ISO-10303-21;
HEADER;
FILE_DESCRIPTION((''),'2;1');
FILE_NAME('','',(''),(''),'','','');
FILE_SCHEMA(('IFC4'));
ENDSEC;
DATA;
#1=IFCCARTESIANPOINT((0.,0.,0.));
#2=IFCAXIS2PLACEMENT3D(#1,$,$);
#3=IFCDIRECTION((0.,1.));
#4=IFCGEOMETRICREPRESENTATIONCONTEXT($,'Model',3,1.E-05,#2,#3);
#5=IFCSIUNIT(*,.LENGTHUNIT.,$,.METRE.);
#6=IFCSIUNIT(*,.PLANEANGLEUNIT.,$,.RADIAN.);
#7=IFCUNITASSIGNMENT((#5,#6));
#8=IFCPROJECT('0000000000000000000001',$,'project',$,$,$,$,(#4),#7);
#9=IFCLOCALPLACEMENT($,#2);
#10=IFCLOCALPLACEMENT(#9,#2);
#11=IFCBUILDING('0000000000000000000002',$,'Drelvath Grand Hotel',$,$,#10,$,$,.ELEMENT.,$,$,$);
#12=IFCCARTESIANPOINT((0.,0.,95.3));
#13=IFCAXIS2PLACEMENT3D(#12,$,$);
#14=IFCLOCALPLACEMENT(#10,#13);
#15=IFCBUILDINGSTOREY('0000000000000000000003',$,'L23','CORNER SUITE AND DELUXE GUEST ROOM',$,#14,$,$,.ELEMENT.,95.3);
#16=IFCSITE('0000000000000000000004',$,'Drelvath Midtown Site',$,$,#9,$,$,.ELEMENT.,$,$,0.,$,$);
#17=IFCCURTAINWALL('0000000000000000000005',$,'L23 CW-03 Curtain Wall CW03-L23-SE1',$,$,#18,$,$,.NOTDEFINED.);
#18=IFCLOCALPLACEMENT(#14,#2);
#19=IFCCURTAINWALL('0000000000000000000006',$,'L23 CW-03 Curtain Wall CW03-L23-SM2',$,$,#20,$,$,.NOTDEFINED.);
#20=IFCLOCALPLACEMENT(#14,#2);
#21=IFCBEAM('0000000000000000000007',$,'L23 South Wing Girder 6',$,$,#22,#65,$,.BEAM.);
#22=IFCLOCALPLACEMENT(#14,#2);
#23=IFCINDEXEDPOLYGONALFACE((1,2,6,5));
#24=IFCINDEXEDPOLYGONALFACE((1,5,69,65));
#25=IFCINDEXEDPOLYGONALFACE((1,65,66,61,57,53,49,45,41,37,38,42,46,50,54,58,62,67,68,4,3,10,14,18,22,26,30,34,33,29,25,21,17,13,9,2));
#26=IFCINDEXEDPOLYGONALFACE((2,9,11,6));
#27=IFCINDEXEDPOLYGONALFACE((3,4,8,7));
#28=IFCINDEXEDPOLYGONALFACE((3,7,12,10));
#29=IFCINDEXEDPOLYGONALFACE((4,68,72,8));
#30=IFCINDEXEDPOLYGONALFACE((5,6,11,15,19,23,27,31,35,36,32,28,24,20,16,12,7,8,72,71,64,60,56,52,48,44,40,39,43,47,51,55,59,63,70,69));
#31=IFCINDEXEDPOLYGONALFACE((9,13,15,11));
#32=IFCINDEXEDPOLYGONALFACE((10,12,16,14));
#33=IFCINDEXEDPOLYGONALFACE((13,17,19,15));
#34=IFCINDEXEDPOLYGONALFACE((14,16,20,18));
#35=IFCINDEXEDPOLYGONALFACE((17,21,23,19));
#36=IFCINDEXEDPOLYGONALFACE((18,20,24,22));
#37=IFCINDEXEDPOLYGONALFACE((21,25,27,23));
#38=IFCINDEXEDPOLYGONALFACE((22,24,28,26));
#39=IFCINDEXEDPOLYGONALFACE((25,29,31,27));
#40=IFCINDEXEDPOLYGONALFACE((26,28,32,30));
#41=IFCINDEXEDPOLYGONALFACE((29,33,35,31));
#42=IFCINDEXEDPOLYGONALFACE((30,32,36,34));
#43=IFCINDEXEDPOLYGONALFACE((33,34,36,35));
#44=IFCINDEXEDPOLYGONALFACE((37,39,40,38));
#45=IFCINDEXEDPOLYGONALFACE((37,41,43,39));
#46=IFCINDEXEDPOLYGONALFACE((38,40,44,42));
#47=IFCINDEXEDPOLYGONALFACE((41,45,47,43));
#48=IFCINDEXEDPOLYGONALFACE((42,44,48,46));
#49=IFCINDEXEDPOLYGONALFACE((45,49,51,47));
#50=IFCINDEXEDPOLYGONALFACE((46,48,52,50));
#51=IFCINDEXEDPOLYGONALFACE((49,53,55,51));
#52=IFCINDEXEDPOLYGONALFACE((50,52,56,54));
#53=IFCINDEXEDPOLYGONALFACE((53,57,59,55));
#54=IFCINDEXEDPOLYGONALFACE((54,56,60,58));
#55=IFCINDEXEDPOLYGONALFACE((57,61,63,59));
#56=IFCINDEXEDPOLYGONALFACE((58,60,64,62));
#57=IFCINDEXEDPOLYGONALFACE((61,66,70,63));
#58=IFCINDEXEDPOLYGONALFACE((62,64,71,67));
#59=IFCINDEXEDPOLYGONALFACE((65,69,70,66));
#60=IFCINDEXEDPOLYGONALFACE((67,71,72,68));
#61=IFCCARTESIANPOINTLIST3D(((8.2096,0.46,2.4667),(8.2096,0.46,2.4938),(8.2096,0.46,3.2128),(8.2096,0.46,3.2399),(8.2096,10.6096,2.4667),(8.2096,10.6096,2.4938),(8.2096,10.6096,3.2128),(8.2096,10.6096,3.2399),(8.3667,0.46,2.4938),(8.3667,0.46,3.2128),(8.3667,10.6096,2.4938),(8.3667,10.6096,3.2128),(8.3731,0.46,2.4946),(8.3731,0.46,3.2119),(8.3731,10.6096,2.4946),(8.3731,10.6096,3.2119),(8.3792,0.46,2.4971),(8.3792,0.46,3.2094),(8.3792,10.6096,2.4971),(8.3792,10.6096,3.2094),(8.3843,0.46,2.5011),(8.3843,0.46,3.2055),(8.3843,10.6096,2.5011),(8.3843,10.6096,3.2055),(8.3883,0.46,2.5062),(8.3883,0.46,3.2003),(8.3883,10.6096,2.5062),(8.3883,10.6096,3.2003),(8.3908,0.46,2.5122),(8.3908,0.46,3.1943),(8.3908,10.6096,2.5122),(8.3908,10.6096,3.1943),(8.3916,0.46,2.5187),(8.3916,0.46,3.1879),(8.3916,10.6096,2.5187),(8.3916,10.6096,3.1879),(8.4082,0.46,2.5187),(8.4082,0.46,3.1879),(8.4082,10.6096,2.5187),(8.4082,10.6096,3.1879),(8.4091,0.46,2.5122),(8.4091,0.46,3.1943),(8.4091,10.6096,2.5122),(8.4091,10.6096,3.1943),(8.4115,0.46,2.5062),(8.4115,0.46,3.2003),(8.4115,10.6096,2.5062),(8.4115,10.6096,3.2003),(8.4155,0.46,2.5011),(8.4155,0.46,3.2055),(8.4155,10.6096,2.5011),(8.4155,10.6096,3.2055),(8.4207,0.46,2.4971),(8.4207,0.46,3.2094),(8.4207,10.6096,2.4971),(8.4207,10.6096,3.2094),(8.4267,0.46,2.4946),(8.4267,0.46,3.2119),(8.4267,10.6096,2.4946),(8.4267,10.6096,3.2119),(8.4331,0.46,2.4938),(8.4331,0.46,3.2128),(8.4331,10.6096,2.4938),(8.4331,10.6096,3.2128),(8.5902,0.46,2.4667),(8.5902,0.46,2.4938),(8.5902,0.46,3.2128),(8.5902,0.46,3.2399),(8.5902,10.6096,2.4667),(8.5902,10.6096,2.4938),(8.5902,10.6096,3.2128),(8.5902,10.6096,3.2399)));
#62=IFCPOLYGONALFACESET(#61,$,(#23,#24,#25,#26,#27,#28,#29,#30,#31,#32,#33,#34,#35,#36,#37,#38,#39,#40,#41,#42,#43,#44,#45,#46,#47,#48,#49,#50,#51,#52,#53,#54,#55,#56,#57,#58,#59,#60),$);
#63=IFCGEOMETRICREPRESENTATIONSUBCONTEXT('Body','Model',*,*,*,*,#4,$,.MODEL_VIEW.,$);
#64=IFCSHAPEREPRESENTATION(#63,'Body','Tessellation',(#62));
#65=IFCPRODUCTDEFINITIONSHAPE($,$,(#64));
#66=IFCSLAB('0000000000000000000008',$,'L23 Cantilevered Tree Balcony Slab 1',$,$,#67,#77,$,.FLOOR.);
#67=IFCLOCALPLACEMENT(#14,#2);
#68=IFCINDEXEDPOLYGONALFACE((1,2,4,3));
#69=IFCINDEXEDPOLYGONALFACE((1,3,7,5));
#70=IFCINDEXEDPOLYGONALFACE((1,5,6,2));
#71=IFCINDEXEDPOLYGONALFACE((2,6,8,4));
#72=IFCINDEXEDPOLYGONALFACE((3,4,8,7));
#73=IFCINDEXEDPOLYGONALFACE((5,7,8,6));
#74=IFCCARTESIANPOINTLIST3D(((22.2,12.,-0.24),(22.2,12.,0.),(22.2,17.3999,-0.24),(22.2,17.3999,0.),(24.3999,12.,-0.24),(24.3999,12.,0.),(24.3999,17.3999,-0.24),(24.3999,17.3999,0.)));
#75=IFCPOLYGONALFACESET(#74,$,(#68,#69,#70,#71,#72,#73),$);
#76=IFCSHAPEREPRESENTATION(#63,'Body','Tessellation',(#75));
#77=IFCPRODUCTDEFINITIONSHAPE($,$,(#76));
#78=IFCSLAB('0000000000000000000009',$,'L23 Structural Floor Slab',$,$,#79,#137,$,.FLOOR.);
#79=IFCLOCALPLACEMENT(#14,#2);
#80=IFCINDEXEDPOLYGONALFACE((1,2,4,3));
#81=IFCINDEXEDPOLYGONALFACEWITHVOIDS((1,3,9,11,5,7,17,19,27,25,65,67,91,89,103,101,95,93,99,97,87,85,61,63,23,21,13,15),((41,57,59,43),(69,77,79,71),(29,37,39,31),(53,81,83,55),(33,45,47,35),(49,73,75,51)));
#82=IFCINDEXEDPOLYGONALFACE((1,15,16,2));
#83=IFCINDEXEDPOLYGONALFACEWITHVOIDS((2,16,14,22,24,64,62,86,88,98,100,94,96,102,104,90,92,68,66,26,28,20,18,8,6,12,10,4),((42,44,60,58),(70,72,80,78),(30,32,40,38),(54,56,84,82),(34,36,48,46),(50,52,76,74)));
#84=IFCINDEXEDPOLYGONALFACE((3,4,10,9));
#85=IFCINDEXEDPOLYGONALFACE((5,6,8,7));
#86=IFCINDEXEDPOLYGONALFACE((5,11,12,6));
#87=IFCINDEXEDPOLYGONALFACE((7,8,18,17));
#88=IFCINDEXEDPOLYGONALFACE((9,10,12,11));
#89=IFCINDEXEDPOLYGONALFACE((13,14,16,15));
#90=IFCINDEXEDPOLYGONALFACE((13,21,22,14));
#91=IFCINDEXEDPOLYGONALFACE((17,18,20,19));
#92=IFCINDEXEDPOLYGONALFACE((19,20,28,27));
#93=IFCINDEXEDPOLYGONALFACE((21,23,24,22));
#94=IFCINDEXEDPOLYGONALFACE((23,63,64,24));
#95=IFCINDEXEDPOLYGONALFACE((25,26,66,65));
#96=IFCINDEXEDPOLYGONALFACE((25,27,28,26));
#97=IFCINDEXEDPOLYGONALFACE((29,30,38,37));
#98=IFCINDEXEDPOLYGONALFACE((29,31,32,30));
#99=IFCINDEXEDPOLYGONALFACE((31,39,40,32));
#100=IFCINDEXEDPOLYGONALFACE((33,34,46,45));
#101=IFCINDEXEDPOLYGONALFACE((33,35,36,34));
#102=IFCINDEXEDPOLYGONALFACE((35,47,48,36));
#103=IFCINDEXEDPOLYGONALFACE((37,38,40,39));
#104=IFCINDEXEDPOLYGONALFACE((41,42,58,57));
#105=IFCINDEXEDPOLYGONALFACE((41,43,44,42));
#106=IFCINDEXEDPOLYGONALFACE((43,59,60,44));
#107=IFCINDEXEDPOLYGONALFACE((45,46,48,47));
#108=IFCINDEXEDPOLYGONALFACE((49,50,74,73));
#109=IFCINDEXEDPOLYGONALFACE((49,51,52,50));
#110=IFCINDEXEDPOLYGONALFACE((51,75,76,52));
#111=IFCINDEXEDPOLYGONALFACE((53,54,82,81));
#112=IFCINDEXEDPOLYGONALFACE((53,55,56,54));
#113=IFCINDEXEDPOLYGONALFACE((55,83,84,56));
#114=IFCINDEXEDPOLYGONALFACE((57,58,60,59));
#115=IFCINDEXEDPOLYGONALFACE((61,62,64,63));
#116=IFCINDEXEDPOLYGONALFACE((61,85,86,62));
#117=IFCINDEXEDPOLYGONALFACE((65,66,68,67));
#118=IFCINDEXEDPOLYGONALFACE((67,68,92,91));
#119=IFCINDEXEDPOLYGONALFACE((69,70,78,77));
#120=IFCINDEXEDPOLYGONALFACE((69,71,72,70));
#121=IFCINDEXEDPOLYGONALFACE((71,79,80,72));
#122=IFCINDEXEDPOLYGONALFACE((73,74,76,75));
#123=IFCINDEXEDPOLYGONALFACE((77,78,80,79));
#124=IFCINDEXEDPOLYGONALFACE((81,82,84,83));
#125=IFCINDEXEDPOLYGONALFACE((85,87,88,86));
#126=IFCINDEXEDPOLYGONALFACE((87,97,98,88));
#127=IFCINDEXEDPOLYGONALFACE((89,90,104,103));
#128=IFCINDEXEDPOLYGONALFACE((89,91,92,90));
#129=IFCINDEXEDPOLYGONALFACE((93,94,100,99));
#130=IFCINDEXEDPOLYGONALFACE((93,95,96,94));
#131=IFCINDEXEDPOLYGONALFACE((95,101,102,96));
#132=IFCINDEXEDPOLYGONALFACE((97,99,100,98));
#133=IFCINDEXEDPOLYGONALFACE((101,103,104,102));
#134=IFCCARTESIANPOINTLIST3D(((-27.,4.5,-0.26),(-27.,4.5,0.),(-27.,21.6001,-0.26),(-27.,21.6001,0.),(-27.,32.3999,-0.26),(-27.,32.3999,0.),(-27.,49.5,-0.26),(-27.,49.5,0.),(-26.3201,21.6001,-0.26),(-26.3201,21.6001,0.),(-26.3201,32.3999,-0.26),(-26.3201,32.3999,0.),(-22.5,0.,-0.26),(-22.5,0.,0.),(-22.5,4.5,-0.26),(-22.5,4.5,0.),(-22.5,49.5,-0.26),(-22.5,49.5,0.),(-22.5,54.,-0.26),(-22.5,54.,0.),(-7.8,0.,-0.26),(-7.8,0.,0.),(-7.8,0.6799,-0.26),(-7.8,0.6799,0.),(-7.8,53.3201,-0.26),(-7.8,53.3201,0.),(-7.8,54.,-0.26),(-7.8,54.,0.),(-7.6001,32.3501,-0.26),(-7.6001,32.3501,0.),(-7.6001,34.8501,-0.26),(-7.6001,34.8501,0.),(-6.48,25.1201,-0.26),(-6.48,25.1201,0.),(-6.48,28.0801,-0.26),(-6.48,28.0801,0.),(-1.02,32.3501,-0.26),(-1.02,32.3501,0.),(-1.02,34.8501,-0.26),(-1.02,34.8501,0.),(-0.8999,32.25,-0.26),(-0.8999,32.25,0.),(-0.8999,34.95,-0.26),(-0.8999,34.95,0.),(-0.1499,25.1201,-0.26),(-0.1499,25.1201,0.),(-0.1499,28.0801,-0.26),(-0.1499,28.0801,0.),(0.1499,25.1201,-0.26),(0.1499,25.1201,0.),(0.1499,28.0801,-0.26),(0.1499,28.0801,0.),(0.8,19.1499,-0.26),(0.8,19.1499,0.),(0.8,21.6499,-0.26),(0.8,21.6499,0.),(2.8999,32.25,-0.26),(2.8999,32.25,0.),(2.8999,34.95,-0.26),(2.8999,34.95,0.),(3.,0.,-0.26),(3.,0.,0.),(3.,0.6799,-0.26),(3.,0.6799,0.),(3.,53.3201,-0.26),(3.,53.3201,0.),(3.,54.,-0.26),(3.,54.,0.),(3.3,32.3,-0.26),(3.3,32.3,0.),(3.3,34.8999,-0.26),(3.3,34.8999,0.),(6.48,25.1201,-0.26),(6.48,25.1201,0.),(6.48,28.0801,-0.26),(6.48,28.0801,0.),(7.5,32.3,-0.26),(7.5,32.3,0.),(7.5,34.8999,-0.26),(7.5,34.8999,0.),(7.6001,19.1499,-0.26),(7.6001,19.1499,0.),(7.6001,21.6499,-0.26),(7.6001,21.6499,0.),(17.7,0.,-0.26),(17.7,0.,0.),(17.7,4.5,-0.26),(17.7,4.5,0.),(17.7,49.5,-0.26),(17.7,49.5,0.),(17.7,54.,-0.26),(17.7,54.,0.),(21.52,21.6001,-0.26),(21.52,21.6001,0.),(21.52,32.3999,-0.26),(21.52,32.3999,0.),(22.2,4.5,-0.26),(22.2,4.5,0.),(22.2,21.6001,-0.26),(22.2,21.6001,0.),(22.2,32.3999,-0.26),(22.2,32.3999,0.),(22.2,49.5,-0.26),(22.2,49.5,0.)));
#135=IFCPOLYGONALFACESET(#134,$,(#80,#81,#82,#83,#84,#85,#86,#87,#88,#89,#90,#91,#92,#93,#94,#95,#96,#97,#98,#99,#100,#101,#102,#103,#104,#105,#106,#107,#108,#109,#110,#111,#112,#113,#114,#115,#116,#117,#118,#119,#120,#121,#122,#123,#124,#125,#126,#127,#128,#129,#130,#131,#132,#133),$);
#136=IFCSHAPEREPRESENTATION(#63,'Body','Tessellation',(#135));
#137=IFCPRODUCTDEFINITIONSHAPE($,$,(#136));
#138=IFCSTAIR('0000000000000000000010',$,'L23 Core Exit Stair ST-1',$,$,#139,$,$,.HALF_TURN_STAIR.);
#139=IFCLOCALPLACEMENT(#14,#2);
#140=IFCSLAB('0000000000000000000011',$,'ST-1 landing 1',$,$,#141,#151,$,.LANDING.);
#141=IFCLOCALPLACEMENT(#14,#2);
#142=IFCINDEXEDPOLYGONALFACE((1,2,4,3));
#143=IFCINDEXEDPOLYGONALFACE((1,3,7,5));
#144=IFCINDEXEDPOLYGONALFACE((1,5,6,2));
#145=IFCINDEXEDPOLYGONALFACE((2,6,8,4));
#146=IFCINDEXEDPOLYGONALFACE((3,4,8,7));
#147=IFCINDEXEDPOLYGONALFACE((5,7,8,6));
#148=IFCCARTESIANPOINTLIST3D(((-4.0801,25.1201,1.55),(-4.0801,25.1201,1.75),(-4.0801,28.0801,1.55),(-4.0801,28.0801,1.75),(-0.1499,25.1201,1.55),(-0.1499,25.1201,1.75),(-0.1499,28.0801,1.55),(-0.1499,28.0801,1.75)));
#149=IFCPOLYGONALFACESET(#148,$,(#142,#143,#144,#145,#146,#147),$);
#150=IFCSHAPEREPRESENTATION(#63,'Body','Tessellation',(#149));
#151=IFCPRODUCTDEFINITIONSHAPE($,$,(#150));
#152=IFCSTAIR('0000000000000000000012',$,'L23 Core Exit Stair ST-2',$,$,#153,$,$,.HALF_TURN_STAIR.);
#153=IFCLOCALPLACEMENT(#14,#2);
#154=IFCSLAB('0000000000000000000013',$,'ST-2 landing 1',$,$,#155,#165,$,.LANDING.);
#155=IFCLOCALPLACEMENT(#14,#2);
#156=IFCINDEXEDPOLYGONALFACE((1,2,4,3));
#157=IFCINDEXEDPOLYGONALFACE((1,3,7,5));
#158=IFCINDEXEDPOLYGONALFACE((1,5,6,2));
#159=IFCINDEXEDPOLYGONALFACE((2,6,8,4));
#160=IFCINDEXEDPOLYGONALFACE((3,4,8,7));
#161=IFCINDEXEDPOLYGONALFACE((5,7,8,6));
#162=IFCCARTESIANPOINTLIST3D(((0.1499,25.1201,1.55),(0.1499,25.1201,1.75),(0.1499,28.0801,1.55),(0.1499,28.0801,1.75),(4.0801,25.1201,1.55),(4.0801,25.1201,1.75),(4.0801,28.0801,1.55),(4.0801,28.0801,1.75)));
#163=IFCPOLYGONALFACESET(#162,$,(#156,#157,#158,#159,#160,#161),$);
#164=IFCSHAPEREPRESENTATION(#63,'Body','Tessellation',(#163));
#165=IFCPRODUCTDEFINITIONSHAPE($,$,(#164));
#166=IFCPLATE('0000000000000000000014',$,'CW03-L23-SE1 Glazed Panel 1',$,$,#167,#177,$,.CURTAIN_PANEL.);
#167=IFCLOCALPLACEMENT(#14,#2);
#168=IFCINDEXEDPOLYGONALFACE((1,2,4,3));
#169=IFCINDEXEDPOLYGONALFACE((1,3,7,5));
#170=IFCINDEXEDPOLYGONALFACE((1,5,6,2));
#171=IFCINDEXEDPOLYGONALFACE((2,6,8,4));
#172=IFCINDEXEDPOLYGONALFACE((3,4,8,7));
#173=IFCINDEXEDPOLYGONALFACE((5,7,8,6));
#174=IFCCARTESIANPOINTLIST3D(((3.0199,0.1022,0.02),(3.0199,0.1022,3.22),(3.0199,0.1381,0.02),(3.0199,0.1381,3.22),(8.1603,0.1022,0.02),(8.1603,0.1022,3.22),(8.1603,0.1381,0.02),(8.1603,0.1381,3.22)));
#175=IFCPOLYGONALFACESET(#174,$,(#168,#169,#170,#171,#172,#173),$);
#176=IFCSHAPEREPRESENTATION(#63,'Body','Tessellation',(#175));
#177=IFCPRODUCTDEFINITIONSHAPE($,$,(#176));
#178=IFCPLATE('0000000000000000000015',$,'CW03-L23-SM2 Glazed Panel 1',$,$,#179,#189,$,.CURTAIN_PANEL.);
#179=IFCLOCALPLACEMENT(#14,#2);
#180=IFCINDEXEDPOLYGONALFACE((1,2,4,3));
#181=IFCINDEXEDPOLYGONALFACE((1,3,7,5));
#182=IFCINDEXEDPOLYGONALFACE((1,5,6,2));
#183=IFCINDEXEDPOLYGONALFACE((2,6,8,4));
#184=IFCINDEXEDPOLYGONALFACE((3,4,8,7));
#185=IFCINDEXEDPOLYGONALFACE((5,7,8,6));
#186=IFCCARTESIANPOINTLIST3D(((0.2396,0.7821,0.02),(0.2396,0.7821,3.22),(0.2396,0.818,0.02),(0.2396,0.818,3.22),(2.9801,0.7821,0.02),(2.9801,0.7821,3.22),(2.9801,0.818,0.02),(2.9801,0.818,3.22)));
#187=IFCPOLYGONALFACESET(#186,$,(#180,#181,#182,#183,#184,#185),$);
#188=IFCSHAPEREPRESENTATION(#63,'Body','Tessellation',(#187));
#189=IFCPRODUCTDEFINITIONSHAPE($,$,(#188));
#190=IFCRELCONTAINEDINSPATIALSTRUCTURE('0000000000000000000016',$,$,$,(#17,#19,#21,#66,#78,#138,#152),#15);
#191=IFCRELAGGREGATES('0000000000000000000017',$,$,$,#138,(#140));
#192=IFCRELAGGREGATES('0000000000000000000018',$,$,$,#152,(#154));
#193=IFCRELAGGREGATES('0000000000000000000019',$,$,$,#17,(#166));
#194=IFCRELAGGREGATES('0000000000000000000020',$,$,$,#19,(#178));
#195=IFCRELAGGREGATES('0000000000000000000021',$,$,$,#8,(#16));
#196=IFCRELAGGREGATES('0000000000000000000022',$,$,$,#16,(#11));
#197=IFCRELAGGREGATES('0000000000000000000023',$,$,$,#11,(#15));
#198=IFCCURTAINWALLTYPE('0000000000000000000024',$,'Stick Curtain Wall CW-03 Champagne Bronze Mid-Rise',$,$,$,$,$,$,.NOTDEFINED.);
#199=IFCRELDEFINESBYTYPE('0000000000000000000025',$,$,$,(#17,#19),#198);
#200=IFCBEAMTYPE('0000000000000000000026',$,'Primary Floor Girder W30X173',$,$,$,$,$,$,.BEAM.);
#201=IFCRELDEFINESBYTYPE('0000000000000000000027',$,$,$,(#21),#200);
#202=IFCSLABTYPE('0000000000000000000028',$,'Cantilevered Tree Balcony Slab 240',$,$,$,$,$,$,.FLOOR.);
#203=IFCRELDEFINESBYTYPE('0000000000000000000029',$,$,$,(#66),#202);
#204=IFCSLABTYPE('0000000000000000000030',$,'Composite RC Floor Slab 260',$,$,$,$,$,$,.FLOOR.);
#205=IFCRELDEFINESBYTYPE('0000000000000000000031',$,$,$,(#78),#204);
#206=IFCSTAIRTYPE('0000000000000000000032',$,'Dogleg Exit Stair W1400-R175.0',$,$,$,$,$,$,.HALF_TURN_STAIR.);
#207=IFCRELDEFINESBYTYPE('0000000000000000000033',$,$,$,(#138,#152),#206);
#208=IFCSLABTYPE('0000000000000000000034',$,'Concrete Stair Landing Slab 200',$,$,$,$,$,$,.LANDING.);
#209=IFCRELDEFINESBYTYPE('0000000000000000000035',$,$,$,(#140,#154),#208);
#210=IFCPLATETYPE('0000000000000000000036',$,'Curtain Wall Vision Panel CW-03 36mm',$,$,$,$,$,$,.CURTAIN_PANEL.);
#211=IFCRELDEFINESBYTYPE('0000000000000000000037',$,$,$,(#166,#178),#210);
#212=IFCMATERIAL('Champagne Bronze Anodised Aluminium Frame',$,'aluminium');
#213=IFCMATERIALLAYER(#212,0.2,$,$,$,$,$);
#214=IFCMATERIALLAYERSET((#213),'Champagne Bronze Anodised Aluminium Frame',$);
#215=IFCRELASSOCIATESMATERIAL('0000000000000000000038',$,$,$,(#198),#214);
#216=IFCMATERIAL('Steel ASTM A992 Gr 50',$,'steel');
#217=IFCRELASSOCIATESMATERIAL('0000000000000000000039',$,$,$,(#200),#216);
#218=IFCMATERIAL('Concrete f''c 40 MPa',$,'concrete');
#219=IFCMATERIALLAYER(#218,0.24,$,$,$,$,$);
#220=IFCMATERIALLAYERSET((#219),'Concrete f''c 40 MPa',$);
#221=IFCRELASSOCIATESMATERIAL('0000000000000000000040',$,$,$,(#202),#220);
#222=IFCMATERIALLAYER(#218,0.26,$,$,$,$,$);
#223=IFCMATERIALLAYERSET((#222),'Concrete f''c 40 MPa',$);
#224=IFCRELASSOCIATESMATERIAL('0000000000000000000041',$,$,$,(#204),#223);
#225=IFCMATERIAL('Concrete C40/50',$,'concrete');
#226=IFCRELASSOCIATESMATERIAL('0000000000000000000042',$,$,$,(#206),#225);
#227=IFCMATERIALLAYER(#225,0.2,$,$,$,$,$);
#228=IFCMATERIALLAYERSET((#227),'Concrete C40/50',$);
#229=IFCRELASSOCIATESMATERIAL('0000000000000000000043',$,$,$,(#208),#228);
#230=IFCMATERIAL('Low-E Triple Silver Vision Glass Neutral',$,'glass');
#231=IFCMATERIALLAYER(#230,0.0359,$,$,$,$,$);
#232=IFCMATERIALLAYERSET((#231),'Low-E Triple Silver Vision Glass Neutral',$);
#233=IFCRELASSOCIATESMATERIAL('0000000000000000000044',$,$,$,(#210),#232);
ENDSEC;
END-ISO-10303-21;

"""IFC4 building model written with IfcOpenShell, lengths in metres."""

from ifc_helpers import new_model, si_unit, direction, frame, origin, origin_2d, place, context, subcontext, project, spatial, polyline, rectangle, i_section, outline, extrude, material, layer, layer_set, material_profile, profile_set, type_object, element, aggregate, save


model = new_model("IFC4")

# Units and contexts
model_context = context("Model", 3, precision=1e-05, world=origin(), true_north=direction((0.0, 1.0)))
body_context = subcontext(model_context, "Body", "Model", "MODEL_VIEW")
ifc_project = project(units=[si_unit("LENGTHUNIT", "METRE"), si_unit("PLANEANGLEUNIT", "RADIAN")], contexts=[model_context])

# Site, building, storey
site_placement = place(None, origin())
site = spatial("IfcSite", under=ifc_project, at=site_placement, Name="Drelvath Midtown Site", CompositionType="ELEMENT", RefElevation=0.0)
building_placement = place(site_placement, origin())
building = spatial("IfcBuilding", under=site, at=building_placement, Name="Drelvath Grand Hotel", CompositionType="ELEMENT")
storey_placement = place(building_placement, frame((0.0, 0.0, 95.3)))
storey = spatial("IfcBuildingStorey", under=building, at=storey_placement, Name="L23", Description="CORNER SUITE AND DELUXE GUEST ROOM", CompositionType="ELEMENT", Elevation=95.3)

# Curtain walls
ifc_material_1 = material(Name="Champagne Bronze Anodised Aluminium Frame", Category="aluminium")
ifc_layer_1 = layer(ifc_material_1, 0.2)
ifc_layer_set_1 = layer_set([ifc_layer_1], Name="Champagne Bronze Anodised Aluminium Frame")
curtain_wall_type = type_object("IfcCurtainWallType", Name="Stick Curtain Wall CW-03 Champagne Bronze Mid-Rise", PredefinedType="NOTDEFINED", material=ifc_layer_set_1)
curtain_wall_1_placement = place(storey_placement, origin())
curtain_wall_1 = element("IfcCurtainWall", 1, at=curtain_wall_1_placement, inside=storey, type_object=curtain_wall_type, Name="L23 CW-03 Curtain Wall CW03-L23-SE1", PredefinedType="NOTDEFINED")
curtain_wall_2_placement = place(storey_placement, origin())
curtain_wall_2 = element("IfcCurtainWall", 2, at=curtain_wall_2_placement, inside=storey, type_object=curtain_wall_type, Name="L23 CW-03 Curtain Wall CW03-L23-SM2", PredefinedType="NOTDEFINED")

# Beam
ifc_material_2 = material(Name="Steel ASTM A992 Gr 50", Category="steel")
ifc_material_profile_1 = material_profile(ifc_material_2, i_section(OverallWidth=0.3806, OverallDepth=0.7732, WebThickness=0.0166, FlangeThickness=0.0271, FilletRadius=0.0249, at=origin_2d()), Name="W30X173")
ifc_profile_set_1 = profile_set([ifc_material_profile_1], Name="Steel ASTM A992 Gr 50")
beam_type_1 = type_object("IfcBeamType", Name="Primary Floor Girder W30X173", PredefinedType="BEAM", material=ifc_profile_set_1)
beam_1_placement = place(storey_placement, frame((8.3999, 0.46, 2.8533), z_axis=(0.0, 1.0, 0.0), x_axis=(-1.0, 0.0, 0.0)))
element("IfcBeam", 3, at=beam_1_placement, inside=storey, type_object=beam_type_1, Name="L23 South Wing Girder 6", PredefinedType="BEAM", context=body_context, shape_type="SweptSolid", body=[
    extrude(i_section(OverallWidth=0.3806, OverallDepth=0.7732, WebThickness=0.0166, FlangeThickness=0.0271, FilletRadius=0.0249, at=origin_2d()), origin(), (0.0, 0.0, 1.0), 10.1497),
])

# Slabs
ifc_material_3 = material(Name="Concrete f'c 40 MPa", Category="concrete")
ifc_layer_2 = layer(ifc_material_3, 0.24)
ifc_layer_set_2 = layer_set([ifc_layer_2], Name="Concrete f'c 40 MPa")
slab_type_1 = type_object("IfcSlabType", Name="Cantilevered Tree Balcony Slab 240", PredefinedType="FLOOR", material=ifc_layer_set_2)
slab_1_placement = place(storey_placement, frame((0.0, 0.0, -0.24)))
element("IfcSlab", 4, at=slab_1_placement, inside=storey, type_object=slab_type_1, Name="L23 Cantilevered Tree Balcony Slab 1", PredefinedType="FLOOR", context=body_context, shape_type="SweptSolid", body=[
    extrude(outline(polyline([(22.2, 12.0), (24.3999, 12.0), (24.3999, 17.3999), (22.2, 17.3999), (22.2, 12.0)])), origin(), (0.0, 0.0, 1.0), 0.24),
])
ifc_layer_3 = layer(ifc_material_3, 0.26)
ifc_layer_set_3 = layer_set([ifc_layer_3], Name="Concrete f'c 40 MPa")
slab_type_2 = type_object("IfcSlabType", Name="Composite RC Floor Slab 260", PredefinedType="FLOOR", material=ifc_layer_set_3)
slab_2_placement = place(storey_placement, frame((0.0, 0.0, -0.26)))
element("IfcSlab", 5, at=slab_2_placement, inside=storey, type_object=slab_type_2, Name="L23 Structural Floor Slab", PredefinedType="FLOOR", context=body_context, shape_type="SweptSolid", body=[
    extrude(outline(polyline([(-22.5, 0.0), (-7.8, 0.0), (-7.8, 0.6799), (3.0, 0.6799), (3.0, 0.0), (17.7, 0.0), (17.7, 4.5), (22.2, 4.5), (22.2, 21.6001), (21.52, 21.6001), (21.52, 32.3999), (22.2, 32.3999), (22.2, 49.5), (17.7, 49.5), (17.7, 54.0), (3.0, 54.0), (3.0, 53.3201), (-7.8, 53.3201), (-7.8, 54.0), (-22.5, 54.0), (-22.5, 49.5), (-27.0, 49.5), (-27.0, 32.3999), (-26.3201, 32.3999), (-26.3201, 21.6001), (-27.0, 21.6001), (-27.0, 4.5), (-22.5, 4.5), (-22.5, 0.0)]), holes=[polyline([(-6.48, 25.1201), (-6.48, 28.0801), (-0.1499, 28.0801), (-0.1499, 25.1201), (-6.48, 25.1201)]), polyline([(0.1499, 25.1201), (0.1499, 28.0801), (6.48, 28.0801), (6.48, 25.1201), (0.1499, 25.1201)]), polyline([(0.8, 19.1499), (0.8, 21.6499), (7.6001, 21.6499), (7.6001, 19.1499), (0.8, 19.1499)]), polyline([(-7.6001, 32.3501), (-7.6001, 34.8501), (-1.02, 34.8501), (-1.02, 32.3501), (-7.6001, 32.3501)]), polyline([(-0.8999, 32.25), (-0.8999, 34.95), (2.8999, 34.95), (2.8999, 32.25), (-0.8999, 32.25)]), polyline([(3.3, 32.3), (3.3, 34.8999), (7.5, 34.8999), (7.5, 32.3), (3.3, 32.3)])]), origin(), (0.0, 0.0, 1.0), 0.26),
])

# Stairs, slabs
ifc_material_4 = material(Name="Concrete C40/50", Category="concrete")
stair_type = type_object("IfcStairType", Name="Dogleg Exit Stair W1400-R175.0", PredefinedType="HALF_TURN_STAIR", material=ifc_material_4)
stair_1_placement = place(storey_placement, origin())
stair_1 = element("IfcStair", 6, at=stair_1_placement, inside=storey, type_object=stair_type, Name="L23 Core Exit Stair ST-1", PredefinedType="HALF_TURN_STAIR")
ifc_layer_4 = layer(ifc_material_4, 0.2)
ifc_layer_set_4 = layer_set([ifc_layer_4], Name="Concrete C40/50")
slab_type_3 = type_object("IfcSlabType", Name="Concrete Stair Landing Slab 200", PredefinedType="LANDING", material=ifc_layer_set_4)
slab_3_placement = place(storey_placement, frame((0.0, 0.0, 1.55)))
slab_3 = element("IfcSlab", 7, at=slab_3_placement, type_object=slab_type_3, Name="ST-1 landing 1", PredefinedType="LANDING", context=body_context, shape_type="SweptSolid", body=[
    extrude(outline(polyline([(-4.0801, 25.1201), (-0.1499, 25.1201), (-0.1499, 28.0801), (-4.0801, 28.0801), (-4.0801, 25.1201)])), origin(), (0.0, 0.0, 1.0), 0.2),
])
aggregate(stair_1, [slab_3])
stair_2_placement = place(storey_placement, origin())
stair_2 = element("IfcStair", 8, at=stair_2_placement, inside=storey, type_object=stair_type, Name="L23 Core Exit Stair ST-2", PredefinedType="HALF_TURN_STAIR")
slab_4_placement = place(storey_placement, frame((0.0, 0.0, 1.55)))
slab_4 = element("IfcSlab", 9, at=slab_4_placement, type_object=slab_type_3, Name="ST-2 landing 1", PredefinedType="LANDING", context=body_context, shape_type="SweptSolid", body=[
    extrude(outline(polyline([(4.0801, 28.0801), (0.1499, 28.0801), (0.1499, 25.1201), (4.0801, 25.1201), (4.0801, 28.0801)])), origin(), (0.0, 0.0, 1.0), 0.2),
])
aggregate(stair_2, [slab_4])

# Plates
ifc_material_5 = material(Name="Low-E Triple Silver Vision Glass Neutral", Category="glass")
ifc_layer_5 = layer(ifc_material_5, 0.0359)
ifc_layer_set_5 = layer_set([ifc_layer_5], Name="Low-E Triple Silver Vision Glass Neutral")
plate_type = type_object("IfcPlateType", Name="Curtain Wall Vision Panel CW-03 36mm", PredefinedType="CURTAIN_PANEL", material=ifc_layer_set_5)
plate_1_placement = place(storey_placement, frame((5.5901, 0.1201, 0.02), z_axis=(0.0, 0.0, 1.0), x_axis=(-1.0, 0.0, 0.0)))
plate_1 = element("IfcPlate", 10, at=plate_1_placement, type_object=plate_type, Name="CW03-L23-SE1 Glazed Panel 1", PredefinedType="CURTAIN_PANEL", context=body_context, shape_type="SweptSolid", body=[
    extrude(rectangle(XDim=5.1404, YDim=0.0359, at=origin_2d()), origin(), (0.0, 0.0, 1.0), 3.2),
])
aggregate(curtain_wall_1, [plate_1])
plate_2_placement = place(storey_placement, frame((1.6099, 0.8, 0.02), z_axis=(0.0, 0.0, 1.0), x_axis=(-1.0, 0.0, 0.0)))
plate_2 = element("IfcPlate", 11, at=plate_2_placement, type_object=plate_type, Name="CW03-L23-SM2 Glazed Panel 1", PredefinedType="CURTAIN_PANEL", context=body_context, shape_type="SweptSolid", body=[
    extrude(rectangle(XDim=2.7405, YDim=0.0359, at=origin_2d()), origin(), (0.0, 0.0, 1.0), 3.2),
])
aggregate(curtain_wall_2, [plate_2])

save(model, "model.ifc")
